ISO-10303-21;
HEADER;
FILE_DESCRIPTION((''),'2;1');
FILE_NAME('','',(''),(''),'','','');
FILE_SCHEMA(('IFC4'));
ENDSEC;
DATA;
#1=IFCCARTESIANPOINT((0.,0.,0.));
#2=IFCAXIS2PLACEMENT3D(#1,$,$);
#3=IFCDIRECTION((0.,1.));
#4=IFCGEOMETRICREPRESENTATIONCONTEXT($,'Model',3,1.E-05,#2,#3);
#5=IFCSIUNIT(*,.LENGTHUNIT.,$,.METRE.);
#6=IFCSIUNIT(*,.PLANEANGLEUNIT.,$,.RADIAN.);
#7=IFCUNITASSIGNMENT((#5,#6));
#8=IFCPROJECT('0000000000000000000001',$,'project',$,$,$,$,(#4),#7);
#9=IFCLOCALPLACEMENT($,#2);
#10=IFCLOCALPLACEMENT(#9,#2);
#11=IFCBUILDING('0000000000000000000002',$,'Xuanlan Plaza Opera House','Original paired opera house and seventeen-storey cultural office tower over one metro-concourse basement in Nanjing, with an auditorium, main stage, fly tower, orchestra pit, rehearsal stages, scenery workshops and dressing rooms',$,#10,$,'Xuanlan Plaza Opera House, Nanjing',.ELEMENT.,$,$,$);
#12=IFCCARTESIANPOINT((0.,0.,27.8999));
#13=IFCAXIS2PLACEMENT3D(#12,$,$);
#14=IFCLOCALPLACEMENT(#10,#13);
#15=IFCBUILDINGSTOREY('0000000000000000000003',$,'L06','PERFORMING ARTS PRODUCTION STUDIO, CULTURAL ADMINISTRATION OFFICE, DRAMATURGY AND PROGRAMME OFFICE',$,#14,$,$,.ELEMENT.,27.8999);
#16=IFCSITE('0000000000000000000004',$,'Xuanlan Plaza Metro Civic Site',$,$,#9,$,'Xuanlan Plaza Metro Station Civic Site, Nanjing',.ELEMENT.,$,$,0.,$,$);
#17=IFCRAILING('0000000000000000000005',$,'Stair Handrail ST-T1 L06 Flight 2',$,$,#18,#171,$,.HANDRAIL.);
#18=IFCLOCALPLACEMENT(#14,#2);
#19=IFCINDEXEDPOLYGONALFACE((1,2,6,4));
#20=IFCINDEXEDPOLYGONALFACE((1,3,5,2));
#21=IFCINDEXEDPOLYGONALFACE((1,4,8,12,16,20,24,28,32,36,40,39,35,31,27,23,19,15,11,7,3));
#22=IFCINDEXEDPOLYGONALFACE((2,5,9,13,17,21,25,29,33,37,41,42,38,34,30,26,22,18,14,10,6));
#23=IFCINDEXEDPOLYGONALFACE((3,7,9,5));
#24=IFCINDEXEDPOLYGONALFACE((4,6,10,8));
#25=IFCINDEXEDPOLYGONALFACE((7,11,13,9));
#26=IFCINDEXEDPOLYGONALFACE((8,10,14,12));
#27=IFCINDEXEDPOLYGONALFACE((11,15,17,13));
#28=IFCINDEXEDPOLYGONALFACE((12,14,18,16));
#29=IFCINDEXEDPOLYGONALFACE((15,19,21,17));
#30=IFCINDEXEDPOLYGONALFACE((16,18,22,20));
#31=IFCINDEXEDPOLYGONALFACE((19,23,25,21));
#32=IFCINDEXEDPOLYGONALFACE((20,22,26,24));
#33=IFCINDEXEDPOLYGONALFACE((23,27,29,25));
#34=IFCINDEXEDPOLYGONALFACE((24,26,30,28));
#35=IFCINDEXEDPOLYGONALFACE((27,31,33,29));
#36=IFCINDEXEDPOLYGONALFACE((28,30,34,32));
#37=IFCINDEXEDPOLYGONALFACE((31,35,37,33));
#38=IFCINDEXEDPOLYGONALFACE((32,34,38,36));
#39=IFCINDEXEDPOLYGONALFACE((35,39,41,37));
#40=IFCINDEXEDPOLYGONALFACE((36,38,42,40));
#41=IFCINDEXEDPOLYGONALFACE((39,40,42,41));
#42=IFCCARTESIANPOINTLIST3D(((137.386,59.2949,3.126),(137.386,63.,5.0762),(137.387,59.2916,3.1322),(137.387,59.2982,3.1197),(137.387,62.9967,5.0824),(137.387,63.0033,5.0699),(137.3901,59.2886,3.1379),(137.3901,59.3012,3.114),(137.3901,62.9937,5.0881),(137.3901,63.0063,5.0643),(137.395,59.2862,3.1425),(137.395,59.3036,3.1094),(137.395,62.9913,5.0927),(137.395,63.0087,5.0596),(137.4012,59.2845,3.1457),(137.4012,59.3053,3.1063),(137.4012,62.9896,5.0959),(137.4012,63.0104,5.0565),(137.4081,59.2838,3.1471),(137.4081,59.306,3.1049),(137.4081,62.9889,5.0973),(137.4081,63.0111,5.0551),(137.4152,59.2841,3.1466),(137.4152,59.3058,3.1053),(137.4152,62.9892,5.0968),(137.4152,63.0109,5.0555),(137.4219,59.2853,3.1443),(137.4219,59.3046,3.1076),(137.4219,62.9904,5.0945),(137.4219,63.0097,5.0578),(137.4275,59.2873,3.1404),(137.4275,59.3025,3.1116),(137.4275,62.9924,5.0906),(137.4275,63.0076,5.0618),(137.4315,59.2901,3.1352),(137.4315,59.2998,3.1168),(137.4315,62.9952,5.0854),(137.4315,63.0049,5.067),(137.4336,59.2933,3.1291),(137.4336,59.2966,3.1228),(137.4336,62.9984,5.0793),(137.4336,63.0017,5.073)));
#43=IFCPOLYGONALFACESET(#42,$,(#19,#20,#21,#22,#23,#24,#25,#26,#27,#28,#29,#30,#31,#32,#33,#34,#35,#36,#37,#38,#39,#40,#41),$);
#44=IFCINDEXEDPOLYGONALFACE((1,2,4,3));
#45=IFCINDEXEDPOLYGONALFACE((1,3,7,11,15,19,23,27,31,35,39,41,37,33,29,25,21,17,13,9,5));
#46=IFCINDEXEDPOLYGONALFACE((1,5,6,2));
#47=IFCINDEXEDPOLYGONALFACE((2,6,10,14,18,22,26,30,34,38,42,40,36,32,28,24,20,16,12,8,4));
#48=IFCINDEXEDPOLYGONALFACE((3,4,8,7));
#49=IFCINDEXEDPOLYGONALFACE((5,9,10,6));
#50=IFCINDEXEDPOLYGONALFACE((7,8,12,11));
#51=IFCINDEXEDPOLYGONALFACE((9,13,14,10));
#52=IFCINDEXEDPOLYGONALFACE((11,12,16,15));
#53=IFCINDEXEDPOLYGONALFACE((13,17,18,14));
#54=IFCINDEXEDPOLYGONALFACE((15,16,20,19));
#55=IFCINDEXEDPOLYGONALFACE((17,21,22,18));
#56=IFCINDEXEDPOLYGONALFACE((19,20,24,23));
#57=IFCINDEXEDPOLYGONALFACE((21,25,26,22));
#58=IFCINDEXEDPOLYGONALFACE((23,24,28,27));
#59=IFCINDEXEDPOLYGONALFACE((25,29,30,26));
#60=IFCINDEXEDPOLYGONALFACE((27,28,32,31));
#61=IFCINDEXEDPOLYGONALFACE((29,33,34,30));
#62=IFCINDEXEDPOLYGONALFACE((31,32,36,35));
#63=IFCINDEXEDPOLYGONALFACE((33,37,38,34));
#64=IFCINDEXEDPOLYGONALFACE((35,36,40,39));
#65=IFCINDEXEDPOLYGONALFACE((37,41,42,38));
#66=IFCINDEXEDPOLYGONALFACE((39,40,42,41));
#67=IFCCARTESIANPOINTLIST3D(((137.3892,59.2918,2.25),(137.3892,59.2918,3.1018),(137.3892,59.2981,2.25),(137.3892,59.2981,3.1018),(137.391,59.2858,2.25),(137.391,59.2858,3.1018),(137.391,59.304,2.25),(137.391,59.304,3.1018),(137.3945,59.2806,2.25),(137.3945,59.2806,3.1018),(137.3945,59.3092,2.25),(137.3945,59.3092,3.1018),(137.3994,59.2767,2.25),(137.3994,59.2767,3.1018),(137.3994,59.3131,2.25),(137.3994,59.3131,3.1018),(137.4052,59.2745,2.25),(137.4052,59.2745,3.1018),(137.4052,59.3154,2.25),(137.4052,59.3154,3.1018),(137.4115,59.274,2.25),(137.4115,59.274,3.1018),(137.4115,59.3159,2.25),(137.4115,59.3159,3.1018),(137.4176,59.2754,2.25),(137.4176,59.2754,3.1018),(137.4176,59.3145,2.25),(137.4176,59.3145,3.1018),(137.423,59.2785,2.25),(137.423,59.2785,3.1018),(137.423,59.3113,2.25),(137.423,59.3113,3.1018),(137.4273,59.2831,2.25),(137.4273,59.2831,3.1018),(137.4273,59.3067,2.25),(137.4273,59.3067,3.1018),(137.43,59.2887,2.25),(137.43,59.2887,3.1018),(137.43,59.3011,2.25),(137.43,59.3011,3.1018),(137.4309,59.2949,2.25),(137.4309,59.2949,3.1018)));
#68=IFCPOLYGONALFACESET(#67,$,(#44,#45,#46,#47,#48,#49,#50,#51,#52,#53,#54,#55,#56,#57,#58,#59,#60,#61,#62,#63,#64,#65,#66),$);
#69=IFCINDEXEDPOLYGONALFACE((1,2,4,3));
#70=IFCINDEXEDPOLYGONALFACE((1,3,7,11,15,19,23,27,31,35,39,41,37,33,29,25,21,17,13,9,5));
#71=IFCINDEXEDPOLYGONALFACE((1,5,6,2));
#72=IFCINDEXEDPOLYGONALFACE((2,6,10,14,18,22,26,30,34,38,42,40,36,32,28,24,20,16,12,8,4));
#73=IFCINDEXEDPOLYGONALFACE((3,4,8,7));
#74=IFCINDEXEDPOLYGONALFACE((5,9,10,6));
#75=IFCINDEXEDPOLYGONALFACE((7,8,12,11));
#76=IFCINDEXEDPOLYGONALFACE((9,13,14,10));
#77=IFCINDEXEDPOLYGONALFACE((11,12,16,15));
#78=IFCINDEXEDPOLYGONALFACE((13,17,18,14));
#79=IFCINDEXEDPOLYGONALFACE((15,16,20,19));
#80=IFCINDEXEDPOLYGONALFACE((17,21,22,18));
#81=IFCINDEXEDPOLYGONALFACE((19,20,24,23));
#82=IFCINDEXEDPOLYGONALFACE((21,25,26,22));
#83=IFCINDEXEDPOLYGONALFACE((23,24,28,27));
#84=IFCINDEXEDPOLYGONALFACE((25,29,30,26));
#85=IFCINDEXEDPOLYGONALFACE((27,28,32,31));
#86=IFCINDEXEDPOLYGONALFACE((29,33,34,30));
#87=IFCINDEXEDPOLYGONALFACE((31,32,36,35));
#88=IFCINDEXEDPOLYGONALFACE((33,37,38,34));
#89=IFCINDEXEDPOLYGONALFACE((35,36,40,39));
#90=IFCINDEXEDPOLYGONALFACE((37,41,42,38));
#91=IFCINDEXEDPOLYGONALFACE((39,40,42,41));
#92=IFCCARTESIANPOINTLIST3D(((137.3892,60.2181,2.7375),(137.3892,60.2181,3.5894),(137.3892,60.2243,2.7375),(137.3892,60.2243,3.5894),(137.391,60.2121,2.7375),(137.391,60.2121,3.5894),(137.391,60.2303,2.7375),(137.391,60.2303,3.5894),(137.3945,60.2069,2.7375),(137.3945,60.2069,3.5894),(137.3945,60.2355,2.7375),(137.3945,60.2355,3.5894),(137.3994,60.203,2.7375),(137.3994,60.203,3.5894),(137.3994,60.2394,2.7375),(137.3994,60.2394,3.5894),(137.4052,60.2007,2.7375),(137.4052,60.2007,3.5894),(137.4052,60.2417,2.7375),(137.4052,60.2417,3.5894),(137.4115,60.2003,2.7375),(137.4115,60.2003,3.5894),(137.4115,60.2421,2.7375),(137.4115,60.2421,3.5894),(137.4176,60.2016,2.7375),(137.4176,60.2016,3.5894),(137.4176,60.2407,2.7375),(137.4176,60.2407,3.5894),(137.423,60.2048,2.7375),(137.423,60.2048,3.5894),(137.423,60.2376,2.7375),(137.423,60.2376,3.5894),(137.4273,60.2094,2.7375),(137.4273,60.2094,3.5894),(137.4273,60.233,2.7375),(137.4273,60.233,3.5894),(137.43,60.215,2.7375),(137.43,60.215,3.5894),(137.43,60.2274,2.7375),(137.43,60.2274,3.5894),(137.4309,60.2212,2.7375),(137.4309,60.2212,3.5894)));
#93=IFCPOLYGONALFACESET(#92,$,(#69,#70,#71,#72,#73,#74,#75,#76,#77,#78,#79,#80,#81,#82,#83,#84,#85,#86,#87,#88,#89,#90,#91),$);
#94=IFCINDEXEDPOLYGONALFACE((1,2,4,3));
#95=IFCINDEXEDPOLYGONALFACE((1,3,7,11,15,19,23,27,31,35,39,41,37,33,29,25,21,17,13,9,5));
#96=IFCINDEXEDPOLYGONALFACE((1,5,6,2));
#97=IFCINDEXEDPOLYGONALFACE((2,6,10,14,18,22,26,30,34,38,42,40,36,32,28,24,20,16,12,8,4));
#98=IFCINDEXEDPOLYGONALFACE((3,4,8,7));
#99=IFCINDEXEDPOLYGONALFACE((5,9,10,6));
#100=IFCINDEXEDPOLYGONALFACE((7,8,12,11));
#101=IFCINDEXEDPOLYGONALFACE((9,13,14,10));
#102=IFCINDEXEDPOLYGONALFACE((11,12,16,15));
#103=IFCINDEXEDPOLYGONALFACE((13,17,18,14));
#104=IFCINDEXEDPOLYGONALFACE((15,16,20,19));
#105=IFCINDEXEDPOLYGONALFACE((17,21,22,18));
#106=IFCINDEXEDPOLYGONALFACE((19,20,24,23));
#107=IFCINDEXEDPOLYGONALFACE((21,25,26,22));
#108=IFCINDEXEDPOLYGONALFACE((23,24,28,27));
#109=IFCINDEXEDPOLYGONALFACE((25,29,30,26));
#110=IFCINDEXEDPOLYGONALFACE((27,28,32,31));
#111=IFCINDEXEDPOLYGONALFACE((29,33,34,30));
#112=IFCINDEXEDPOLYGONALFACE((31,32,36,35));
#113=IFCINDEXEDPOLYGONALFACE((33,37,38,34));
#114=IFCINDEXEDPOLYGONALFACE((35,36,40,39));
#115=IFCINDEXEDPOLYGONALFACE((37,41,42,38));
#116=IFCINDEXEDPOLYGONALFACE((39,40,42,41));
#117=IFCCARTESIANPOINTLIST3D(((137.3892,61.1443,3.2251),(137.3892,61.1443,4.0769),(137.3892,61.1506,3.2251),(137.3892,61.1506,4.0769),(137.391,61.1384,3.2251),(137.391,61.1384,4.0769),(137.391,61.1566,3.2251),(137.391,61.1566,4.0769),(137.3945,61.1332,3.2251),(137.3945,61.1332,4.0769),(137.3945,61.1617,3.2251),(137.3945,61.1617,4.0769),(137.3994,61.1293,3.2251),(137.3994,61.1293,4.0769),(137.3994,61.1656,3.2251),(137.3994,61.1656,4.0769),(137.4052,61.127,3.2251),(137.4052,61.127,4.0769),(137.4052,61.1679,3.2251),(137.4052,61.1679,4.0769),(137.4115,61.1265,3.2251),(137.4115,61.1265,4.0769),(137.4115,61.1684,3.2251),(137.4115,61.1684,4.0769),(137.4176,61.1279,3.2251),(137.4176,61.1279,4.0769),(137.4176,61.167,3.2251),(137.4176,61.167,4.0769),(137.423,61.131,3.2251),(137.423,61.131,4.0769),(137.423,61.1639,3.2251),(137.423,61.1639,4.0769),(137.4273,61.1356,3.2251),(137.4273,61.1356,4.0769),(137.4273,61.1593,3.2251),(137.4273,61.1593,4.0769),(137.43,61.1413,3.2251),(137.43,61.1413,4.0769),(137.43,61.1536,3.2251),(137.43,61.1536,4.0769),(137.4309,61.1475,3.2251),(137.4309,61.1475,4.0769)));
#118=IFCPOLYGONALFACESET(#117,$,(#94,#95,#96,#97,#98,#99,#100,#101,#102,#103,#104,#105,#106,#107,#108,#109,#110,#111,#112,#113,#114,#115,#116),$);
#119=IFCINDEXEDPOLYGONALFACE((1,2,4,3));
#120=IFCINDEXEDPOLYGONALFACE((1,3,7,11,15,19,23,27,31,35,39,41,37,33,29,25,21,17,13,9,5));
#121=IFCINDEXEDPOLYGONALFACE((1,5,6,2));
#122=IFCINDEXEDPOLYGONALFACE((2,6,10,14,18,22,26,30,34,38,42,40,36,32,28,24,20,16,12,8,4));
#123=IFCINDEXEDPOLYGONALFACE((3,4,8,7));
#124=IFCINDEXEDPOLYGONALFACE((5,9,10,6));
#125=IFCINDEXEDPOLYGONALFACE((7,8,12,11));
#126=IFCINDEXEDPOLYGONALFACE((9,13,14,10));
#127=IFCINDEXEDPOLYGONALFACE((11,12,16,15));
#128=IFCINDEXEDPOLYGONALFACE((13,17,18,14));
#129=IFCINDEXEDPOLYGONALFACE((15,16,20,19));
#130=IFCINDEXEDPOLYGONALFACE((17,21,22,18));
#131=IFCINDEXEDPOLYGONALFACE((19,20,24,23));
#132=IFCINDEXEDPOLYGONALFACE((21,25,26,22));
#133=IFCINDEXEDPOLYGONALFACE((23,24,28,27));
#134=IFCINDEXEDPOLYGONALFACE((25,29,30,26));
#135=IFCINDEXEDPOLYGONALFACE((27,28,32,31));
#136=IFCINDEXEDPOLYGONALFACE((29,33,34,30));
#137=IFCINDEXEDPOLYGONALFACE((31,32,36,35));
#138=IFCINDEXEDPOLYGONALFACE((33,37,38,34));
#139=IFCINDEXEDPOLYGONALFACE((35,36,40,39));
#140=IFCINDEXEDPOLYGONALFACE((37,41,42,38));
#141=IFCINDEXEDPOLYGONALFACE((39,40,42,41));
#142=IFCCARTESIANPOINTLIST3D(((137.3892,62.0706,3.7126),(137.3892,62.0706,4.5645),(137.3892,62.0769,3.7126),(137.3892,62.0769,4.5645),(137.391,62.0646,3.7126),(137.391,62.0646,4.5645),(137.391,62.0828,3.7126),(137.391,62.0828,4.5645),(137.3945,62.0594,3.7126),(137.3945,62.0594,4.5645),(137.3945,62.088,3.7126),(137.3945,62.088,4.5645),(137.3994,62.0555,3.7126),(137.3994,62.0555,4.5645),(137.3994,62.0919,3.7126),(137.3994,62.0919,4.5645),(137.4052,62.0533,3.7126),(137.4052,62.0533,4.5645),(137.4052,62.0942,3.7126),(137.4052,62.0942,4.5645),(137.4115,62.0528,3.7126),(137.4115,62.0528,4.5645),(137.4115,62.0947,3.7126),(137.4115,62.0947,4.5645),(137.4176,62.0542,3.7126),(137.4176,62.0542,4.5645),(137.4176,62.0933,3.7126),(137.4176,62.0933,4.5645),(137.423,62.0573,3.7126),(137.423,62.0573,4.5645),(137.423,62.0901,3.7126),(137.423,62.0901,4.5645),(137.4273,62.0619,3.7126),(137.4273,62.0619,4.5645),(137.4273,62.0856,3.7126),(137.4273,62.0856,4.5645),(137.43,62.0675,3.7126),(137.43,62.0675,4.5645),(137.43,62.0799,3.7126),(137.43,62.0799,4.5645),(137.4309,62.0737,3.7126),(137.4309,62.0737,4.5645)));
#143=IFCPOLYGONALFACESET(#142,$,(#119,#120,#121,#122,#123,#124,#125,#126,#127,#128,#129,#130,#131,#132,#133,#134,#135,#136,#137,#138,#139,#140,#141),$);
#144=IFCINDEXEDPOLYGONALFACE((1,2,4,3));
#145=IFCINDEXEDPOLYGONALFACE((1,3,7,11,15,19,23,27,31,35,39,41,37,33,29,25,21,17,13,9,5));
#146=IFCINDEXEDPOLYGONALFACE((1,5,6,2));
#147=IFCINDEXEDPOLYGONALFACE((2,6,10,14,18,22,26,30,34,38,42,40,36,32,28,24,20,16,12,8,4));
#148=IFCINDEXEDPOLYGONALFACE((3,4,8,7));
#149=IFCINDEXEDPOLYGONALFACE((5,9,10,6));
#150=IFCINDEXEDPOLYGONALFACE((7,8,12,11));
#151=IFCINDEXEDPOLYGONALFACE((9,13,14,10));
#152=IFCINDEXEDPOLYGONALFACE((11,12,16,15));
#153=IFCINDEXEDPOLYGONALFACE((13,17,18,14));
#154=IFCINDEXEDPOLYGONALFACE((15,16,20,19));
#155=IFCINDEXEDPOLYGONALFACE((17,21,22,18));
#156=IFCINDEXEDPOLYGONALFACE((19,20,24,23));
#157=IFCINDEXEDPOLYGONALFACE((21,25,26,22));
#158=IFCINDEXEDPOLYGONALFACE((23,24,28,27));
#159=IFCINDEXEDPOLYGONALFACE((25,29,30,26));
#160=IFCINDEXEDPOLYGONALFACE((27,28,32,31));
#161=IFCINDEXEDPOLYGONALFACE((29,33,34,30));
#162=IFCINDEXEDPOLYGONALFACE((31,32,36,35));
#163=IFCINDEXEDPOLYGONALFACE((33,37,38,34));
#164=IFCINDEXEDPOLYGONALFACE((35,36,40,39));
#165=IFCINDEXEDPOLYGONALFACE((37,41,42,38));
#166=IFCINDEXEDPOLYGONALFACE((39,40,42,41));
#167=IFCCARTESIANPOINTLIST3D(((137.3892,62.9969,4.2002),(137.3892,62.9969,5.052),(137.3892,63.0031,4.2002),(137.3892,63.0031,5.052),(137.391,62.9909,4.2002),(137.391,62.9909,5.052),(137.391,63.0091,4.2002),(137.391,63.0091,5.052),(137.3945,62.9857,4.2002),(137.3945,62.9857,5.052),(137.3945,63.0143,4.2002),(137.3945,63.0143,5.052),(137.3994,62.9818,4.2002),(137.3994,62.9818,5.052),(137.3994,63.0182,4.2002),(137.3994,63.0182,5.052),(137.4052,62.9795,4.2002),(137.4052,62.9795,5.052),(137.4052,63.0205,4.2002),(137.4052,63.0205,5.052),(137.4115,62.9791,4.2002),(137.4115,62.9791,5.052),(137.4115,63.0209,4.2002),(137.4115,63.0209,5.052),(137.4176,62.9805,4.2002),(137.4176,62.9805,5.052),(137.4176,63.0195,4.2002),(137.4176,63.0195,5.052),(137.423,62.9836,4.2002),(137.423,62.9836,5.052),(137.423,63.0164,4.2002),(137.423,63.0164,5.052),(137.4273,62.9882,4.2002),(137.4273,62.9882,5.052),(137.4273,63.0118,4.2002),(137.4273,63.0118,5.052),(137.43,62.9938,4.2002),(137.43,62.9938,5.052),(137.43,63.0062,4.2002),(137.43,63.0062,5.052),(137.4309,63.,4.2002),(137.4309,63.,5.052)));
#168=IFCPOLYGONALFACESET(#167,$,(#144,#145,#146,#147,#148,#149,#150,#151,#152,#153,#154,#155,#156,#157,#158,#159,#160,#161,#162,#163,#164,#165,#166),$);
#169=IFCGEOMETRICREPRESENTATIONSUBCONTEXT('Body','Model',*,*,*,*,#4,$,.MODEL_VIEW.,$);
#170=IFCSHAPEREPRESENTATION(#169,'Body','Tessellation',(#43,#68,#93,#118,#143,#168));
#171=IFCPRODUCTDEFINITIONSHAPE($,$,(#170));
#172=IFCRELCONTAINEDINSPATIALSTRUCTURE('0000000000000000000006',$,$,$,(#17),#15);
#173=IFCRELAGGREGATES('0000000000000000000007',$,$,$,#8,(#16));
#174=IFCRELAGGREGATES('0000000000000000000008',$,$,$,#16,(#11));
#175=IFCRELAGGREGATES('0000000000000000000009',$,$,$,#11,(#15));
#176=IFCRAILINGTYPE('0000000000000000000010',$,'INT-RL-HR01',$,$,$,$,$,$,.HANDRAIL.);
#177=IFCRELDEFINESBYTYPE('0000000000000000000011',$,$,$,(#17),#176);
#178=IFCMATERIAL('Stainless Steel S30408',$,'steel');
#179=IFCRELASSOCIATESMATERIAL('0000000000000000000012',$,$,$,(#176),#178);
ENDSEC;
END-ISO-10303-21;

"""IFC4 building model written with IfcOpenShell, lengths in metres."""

from ifc_helpers import new_model, si_unit, direction, frame, origin, origin_2d, place, context, subcontext, project, spatial, circle, extrude, material, type_object, element, save


model = new_model("IFC4")

# Units and contexts
model_context = context("Model", 3, precision=1e-05, world=origin(), true_north=direction((0.0, 1.0)))
body_context = subcontext(model_context, "Body", "Model", "MODEL_VIEW")
ifc_project = project(units=[si_unit("LENGTHUNIT", "METRE"), si_unit("PLANEANGLEUNIT", "RADIAN")], contexts=[model_context])

# Site, building, storey
site_placement = place(None, origin())
site = spatial("IfcSite", under=ifc_project, at=site_placement, Name="Xuanlan Plaza Metro Civic Site", LongName="Xuanlan Plaza Metro Station Civic Site, Nanjing", CompositionType="ELEMENT", RefElevation=0.0)
building_placement = place(site_placement, origin())
building = spatial("IfcBuilding", under=site, at=building_placement, Name="Xuanlan Plaza Opera House", Description="Original paired opera house and seventeen-storey cultural office tower over one metro-concourse basement in Nanjing, with an auditorium, main stage, fly tower, orchestra pit, rehearsal stages, scenery workshops and dressing rooms", LongName="Xuanlan Plaza Opera House, Nanjing", CompositionType="ELEMENT")
storey_placement = place(building_placement, frame((0.0, 0.0, 27.8999)))
storey = spatial("IfcBuildingStorey", under=building, at=storey_placement, Name="L06", Description="PERFORMING ARTS PRODUCTION STUDIO, CULTURAL ADMINISTRATION OFFICE, DRAMATURGY AND PROGRAMME OFFICE", CompositionType="ELEMENT", Elevation=27.8999)

# Shared definitions
ifc_material_1 = material(Name="Stainless Steel S30408", Category="steel")

# Railing
railing_type = type_object("IfcRailingType", Name="INT-RL-HR01", PredefinedType="HANDRAIL", material=ifc_material_1)
for number, where, name in (
    (1, (137.4099, 59.2949, 2.25), "Stair Handrail ST-T1 L06 Flight 2"),
):
    element("IfcRailing", number, at=place(storey_placement, frame(where)), inside=storey, type_object=railing_type, Name=name, PredefinedType="HANDRAIL", context=body_context, shape_type="SweptSolid", body=[
        extrude(circle(Radius=0.0239, at=origin_2d()), frame((0.0, 0.0, 0.876), z_axis=(0.0, 0.884903, 0.465775), x_axis=(-1.0, 0.0, 0.0)), (0.0, 0.0, 1.0), 4.187),
        extrude(circle(Radius=0.021, at=origin_2d()), origin(), (0.0, 0.0, 1.0), 0.8518),
        extrude(circle(Radius=0.021, at=origin_2d()), frame((0.0, 0.9263, 0.4875)), (0.0, 0.0, 1.0), 0.8518),
        extrude(circle(Radius=0.021, at=origin_2d()), frame((0.0, 1.8525, 0.9751)), (0.0, 0.0, 1.0), 0.8518),
        extrude(circle(Radius=0.021, at=origin_2d()), frame((0.0, 2.7788, 1.4626)), (0.0, 0.0, 1.0), 0.8518),
        extrude(circle(Radius=0.021, at=origin_2d()), frame((0.0, 3.7051, 1.9502)), (0.0, 0.0, 1.0), 0.8518),
    ])

save(model, "model.ifc")
